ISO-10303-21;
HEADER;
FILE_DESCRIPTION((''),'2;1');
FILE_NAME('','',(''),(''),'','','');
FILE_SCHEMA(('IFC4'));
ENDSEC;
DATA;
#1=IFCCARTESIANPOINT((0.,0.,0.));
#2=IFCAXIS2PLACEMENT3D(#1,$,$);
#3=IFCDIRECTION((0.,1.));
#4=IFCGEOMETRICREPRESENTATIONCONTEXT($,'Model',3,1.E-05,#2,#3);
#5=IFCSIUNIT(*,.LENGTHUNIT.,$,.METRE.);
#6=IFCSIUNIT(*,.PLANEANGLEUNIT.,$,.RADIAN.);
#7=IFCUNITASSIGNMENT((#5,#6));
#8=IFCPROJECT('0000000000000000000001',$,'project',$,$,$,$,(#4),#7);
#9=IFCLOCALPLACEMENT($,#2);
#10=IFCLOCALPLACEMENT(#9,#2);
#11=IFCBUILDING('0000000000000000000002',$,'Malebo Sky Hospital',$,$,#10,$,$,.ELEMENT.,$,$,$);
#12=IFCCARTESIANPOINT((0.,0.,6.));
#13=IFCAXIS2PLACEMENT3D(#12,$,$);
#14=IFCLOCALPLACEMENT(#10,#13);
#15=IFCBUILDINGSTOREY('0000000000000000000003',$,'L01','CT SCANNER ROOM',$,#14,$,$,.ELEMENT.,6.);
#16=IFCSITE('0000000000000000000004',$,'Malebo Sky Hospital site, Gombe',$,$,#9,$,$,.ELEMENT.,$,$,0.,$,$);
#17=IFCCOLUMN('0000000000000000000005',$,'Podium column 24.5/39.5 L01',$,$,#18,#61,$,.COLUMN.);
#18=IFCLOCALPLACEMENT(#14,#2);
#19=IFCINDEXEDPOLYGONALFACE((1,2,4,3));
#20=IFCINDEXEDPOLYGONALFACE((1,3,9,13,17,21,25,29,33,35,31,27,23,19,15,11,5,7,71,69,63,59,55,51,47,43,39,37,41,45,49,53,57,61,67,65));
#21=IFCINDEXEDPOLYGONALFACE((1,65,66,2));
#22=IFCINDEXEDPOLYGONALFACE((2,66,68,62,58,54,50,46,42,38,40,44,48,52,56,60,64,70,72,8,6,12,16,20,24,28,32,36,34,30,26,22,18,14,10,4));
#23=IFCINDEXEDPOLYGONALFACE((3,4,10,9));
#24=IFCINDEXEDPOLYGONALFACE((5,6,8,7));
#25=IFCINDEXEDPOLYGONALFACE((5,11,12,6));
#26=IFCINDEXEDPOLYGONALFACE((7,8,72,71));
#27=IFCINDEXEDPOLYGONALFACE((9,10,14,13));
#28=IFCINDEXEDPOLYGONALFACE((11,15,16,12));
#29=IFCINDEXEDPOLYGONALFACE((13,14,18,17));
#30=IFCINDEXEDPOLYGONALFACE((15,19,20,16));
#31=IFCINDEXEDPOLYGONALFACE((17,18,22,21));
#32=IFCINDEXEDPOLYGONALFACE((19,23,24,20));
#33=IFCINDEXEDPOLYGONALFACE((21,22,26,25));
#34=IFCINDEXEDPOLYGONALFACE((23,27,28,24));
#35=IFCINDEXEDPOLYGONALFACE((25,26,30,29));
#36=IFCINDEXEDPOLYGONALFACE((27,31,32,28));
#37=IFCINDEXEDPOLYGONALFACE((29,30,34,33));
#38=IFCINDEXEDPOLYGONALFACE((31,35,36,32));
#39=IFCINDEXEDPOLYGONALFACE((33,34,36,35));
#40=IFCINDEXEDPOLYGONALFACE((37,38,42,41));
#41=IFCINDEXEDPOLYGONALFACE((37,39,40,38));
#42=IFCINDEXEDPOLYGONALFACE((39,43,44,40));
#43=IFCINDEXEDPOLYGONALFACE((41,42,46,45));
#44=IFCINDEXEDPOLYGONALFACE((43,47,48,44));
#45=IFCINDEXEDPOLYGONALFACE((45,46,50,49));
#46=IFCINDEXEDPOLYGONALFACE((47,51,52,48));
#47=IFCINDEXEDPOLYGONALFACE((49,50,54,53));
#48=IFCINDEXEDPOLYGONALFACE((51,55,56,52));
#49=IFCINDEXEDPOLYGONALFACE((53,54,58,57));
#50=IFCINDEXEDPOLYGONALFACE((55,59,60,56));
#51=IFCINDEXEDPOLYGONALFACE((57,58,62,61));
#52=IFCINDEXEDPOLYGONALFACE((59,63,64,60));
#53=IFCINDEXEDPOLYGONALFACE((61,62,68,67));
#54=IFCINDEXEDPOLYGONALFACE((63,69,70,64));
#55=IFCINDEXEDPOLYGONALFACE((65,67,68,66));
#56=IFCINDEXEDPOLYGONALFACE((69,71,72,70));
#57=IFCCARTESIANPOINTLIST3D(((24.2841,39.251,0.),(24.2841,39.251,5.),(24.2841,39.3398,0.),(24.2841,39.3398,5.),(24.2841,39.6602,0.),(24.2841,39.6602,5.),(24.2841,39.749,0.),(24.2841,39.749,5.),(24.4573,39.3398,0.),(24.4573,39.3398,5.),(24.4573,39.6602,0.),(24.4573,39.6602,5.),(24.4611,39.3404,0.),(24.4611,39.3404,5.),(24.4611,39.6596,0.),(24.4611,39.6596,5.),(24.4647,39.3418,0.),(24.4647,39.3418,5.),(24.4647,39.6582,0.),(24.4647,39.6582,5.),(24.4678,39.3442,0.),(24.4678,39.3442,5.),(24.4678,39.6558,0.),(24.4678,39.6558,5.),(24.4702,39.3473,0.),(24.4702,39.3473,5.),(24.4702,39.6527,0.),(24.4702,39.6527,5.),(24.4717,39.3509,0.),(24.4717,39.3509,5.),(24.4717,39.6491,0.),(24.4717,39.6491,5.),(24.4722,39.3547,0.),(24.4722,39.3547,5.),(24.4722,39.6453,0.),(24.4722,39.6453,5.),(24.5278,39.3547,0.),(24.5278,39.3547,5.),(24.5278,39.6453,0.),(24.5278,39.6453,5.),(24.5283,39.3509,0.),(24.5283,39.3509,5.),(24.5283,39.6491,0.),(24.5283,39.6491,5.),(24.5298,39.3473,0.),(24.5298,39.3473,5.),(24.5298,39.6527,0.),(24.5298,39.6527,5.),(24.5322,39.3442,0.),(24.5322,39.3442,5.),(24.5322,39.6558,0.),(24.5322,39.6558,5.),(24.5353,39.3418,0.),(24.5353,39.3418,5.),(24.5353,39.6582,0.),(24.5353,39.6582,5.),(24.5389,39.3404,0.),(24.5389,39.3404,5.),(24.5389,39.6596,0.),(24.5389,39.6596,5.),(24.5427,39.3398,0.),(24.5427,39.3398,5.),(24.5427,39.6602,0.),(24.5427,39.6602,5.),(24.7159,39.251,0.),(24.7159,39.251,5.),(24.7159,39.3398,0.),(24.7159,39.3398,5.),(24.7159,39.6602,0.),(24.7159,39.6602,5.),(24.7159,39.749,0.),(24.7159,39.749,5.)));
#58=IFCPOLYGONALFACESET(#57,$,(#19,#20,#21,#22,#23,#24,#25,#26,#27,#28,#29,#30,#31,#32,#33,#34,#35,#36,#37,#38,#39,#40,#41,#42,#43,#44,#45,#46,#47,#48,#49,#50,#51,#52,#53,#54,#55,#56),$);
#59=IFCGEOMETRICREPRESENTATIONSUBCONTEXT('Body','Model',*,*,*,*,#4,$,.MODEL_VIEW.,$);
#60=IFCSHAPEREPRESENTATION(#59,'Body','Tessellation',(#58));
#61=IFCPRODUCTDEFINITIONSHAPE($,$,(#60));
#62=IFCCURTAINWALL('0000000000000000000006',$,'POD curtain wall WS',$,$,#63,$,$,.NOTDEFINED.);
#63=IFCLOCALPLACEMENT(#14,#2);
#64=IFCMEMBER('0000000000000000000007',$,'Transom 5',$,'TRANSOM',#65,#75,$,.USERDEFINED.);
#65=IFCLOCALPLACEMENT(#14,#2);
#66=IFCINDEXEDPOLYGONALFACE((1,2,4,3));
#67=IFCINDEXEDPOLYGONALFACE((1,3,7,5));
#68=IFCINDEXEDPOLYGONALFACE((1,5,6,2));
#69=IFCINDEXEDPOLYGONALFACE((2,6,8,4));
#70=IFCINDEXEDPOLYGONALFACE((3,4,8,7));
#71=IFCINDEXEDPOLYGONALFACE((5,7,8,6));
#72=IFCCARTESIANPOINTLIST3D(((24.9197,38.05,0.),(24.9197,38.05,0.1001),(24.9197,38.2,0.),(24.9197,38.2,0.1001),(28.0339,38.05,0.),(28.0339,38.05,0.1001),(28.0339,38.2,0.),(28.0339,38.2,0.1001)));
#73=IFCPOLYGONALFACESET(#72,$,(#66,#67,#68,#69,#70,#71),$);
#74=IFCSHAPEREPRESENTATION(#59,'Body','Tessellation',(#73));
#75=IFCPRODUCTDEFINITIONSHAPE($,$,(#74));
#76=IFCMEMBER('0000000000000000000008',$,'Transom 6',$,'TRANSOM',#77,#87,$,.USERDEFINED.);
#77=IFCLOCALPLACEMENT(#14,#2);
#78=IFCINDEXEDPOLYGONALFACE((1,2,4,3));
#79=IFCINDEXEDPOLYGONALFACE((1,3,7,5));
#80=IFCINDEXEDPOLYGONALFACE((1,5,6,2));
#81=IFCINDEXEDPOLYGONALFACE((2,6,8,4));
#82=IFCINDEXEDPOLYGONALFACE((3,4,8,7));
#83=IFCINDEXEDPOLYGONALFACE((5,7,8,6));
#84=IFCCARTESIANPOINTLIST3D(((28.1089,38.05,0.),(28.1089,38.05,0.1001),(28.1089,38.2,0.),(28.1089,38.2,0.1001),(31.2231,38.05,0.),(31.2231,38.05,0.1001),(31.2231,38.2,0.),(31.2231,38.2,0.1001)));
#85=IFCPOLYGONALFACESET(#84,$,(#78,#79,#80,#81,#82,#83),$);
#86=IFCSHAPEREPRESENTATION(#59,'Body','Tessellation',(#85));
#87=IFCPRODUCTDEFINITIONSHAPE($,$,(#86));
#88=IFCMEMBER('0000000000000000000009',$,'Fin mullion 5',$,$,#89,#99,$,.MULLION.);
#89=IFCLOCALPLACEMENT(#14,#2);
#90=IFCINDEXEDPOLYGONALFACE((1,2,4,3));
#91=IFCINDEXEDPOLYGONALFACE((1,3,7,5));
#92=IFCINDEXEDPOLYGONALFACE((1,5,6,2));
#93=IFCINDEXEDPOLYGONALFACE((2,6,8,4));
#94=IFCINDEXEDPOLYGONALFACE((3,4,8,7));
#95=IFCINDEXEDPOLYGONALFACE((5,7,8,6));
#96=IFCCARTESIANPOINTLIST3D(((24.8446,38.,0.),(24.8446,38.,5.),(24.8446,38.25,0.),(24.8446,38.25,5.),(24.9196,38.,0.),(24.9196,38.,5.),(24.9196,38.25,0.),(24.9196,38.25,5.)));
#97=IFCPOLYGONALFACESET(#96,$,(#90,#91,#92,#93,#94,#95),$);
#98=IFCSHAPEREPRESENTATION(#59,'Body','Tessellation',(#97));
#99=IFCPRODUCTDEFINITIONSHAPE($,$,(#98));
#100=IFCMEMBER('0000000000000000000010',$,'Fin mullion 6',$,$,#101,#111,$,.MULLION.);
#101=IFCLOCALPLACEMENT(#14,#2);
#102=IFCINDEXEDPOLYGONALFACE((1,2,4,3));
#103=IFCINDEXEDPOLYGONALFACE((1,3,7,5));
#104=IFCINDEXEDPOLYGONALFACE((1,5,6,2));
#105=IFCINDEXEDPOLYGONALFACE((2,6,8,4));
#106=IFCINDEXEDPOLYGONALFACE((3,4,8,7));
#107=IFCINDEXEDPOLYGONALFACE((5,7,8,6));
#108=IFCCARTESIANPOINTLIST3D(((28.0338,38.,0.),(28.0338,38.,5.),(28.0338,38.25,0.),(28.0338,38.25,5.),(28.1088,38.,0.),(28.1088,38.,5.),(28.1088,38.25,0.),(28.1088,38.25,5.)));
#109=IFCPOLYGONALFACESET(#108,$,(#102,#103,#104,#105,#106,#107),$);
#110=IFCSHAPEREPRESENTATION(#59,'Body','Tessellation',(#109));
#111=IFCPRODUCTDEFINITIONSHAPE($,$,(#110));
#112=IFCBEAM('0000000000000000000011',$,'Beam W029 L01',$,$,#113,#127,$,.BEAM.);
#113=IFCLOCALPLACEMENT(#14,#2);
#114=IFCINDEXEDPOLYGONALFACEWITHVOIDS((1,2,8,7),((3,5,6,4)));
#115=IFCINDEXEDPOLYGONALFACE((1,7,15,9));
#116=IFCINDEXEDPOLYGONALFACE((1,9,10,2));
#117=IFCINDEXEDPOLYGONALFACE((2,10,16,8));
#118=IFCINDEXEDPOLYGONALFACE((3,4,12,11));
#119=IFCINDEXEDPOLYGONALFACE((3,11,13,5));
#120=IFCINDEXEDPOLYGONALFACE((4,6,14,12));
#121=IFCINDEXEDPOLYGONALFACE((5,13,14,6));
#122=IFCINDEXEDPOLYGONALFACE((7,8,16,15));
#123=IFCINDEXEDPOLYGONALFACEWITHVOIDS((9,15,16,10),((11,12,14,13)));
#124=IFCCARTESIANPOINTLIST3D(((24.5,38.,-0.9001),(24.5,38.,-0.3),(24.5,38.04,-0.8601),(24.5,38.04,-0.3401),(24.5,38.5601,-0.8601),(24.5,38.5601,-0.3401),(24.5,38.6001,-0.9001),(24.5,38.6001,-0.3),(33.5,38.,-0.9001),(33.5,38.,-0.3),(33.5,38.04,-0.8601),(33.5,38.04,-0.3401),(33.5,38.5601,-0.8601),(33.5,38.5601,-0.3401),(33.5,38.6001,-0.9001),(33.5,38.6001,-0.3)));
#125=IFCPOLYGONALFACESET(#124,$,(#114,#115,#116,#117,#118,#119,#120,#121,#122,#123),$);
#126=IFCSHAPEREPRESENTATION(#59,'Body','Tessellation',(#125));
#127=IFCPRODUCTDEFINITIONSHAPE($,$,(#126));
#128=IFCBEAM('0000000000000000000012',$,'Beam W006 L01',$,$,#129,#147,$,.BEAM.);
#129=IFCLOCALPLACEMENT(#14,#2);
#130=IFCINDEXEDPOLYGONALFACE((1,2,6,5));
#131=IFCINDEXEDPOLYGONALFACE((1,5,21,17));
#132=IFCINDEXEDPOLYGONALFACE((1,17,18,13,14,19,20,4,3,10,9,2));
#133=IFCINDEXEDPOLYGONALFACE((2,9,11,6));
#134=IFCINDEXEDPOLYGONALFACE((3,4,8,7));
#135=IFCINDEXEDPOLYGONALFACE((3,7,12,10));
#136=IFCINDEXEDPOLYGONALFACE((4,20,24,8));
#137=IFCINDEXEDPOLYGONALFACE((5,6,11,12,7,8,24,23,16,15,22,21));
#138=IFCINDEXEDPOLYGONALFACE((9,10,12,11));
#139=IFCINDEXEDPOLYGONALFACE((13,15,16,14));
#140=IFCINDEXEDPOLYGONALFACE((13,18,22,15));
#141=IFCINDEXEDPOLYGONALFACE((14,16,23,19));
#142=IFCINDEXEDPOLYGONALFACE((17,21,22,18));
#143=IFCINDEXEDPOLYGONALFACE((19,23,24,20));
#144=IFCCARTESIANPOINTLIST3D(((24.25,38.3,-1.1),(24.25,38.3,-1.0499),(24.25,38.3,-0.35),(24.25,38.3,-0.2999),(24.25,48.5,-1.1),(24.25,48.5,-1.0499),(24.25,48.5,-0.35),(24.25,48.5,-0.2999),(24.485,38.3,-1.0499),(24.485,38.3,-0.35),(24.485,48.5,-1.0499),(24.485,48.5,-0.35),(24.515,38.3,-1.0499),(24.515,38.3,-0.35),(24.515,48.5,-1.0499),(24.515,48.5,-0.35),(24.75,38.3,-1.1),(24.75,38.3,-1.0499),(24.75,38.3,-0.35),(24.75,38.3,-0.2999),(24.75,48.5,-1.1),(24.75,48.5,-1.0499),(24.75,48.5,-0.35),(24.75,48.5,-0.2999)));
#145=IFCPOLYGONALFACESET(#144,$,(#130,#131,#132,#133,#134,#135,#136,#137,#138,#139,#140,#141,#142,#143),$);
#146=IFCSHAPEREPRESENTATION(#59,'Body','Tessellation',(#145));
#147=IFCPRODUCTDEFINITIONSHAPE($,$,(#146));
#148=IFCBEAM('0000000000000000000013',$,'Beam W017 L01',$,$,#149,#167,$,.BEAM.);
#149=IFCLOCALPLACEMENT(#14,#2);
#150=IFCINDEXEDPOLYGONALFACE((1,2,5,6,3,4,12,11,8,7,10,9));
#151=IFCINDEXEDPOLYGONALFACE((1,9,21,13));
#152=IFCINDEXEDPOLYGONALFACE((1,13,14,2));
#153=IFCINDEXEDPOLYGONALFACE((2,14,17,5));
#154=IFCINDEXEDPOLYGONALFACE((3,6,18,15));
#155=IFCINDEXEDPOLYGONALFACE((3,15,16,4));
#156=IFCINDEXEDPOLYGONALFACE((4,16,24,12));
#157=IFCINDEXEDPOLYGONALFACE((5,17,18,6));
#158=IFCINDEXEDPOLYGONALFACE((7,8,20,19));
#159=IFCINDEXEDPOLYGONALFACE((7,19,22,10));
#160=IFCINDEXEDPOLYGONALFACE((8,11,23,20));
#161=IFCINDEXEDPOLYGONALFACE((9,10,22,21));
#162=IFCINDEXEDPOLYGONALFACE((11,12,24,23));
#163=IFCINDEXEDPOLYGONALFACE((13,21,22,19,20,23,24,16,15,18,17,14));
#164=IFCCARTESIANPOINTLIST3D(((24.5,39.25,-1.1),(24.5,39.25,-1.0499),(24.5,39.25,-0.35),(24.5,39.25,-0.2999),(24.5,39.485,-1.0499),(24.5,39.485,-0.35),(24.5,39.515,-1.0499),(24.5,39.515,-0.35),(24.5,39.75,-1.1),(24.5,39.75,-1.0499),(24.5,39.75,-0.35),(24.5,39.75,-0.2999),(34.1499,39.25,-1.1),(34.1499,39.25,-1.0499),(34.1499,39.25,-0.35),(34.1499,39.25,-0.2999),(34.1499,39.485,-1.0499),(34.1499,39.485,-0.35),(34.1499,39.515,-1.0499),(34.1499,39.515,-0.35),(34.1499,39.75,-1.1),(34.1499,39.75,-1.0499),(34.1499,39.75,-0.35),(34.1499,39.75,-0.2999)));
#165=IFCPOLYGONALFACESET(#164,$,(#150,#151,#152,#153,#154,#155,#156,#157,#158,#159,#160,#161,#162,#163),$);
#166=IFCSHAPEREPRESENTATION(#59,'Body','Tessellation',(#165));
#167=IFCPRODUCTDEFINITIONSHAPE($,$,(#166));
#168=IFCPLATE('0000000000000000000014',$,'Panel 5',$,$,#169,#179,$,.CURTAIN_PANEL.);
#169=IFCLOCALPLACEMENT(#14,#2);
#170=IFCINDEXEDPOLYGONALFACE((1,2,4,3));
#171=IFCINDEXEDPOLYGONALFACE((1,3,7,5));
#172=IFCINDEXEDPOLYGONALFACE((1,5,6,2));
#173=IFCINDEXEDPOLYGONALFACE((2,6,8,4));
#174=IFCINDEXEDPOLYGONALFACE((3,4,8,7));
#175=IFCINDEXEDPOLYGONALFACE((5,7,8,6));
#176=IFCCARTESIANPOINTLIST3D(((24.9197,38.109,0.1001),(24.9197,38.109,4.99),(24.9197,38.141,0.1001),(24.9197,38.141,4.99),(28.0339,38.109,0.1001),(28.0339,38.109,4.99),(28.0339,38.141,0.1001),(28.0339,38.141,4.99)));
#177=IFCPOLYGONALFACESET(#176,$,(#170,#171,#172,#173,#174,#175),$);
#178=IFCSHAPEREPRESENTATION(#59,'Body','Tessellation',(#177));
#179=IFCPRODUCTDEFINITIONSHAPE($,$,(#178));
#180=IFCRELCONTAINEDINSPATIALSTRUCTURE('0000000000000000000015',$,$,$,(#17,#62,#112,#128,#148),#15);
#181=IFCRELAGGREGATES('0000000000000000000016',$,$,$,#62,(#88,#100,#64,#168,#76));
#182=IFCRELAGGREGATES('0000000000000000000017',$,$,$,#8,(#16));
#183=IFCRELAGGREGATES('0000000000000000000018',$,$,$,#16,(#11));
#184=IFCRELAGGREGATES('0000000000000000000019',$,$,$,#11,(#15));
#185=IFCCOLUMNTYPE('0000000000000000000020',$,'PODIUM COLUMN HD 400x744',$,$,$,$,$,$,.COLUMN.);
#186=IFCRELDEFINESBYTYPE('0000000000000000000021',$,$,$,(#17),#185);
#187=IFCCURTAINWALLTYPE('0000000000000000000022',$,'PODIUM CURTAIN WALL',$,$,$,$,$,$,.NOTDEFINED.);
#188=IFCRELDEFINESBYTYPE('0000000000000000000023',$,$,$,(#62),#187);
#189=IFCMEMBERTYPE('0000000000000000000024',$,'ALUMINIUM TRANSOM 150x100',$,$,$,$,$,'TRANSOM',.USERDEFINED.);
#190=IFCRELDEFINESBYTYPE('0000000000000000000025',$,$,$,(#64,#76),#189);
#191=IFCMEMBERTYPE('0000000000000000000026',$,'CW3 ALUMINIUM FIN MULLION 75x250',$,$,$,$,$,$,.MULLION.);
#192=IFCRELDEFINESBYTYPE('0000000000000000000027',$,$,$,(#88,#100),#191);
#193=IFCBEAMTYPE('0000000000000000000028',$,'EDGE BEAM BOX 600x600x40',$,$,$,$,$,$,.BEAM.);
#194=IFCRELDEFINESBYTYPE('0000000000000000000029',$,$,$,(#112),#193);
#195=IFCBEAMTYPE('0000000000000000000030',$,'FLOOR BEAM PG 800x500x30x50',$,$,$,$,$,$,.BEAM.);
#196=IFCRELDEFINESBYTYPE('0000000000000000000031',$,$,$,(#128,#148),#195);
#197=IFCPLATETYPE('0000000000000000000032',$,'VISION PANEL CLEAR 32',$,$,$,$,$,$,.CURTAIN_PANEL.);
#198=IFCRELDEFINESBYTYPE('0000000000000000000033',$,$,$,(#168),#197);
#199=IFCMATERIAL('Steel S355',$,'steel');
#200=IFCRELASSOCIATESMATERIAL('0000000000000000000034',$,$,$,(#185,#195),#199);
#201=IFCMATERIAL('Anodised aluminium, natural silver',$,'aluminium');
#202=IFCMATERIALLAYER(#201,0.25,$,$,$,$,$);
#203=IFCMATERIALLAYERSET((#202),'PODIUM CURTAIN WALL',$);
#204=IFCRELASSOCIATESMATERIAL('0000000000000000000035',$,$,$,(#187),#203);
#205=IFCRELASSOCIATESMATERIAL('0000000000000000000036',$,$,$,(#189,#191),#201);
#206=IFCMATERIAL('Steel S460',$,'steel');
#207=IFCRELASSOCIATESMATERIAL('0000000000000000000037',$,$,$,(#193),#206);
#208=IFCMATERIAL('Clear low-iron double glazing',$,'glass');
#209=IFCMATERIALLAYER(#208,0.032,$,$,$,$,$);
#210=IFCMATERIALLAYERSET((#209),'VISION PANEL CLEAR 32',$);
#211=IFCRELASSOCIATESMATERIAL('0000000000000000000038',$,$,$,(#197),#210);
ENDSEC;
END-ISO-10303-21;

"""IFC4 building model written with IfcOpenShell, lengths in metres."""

from ifc_helpers import new_model, si_unit, direction, frame, origin, origin_2d, place, context, subcontext, project, spatial, rectangle, hollow_rectangle, i_section, extrude, material, layer, layer_set, material_profile, profile_set, type_object, element, aggregate, save


model = new_model("IFC4")

# Units and contexts
model_context = context("Model", 3, precision=1e-05, world=origin(), true_north=direction((0.0, 1.0)))
body_context = subcontext(model_context, "Body", "Model", "MODEL_VIEW")
ifc_project = project(units=[si_unit("LENGTHUNIT", "METRE"), si_unit("PLANEANGLEUNIT", "RADIAN")], contexts=[model_context])

# Site, building, storey
site_placement = place(None, origin())
site = spatial("IfcSite", under=ifc_project, at=site_placement, Name="Malebo Sky Hospital site, Gombe", CompositionType="ELEMENT", RefElevation=0.0)
building_placement = place(site_placement, origin())
building = spatial("IfcBuilding", under=site, at=building_placement, Name="Malebo Sky Hospital", CompositionType="ELEMENT")
storey_placement = place(building_placement, frame((0.0, 0.0, 6.0)))
storey = spatial("IfcBuildingStorey", under=building, at=storey_placement, Name="L01", Description="CT SCANNER ROOM", CompositionType="ELEMENT", Elevation=6.0)

# Column
ifc_material_1 = material(Name="Steel S355", Category="steel")
ifc_material_profile_1 = material_profile(ifc_material_1, i_section(OverallWidth=0.4319, OverallDepth=0.498, WebThickness=0.0557, FlangeThickness=0.0889, FilletRadius=0.0149, at=origin_2d()), Name="HD 400x744")
ifc_profile_set_1 = profile_set([ifc_material_profile_1], Name="Steel S355")
column_type = type_object("IfcColumnType", Name="PODIUM COLUMN HD 400x744", PredefinedType="COLUMN", material=ifc_profile_set_1)
column_placement = place(storey_placement, frame((24.5, 39.5, 0.0), z_axis=(0.0, 0.0, 1.0), x_axis=(1.0, 0.0, 0.0)))
element("IfcColumn", 1, at=column_placement, inside=storey, type_object=column_type, Name="Podium column 24.5/39.5 L01", PredefinedType="COLUMN", context=body_context, shape_type="SweptSolid", body=[
    extrude(i_section(OverallWidth=0.4319, OverallDepth=0.498, WebThickness=0.0557, FlangeThickness=0.0889, FilletRadius=0.0149, at=origin_2d()), origin(), (0.0, 0.0, 1.0), 5.0),
])

# Curtain wall, members
ifc_material_2 = material(Name="Anodised aluminium, natural silver", Category="aluminium")
ifc_layer_1 = layer(ifc_material_2, 0.25)
ifc_layer_set_1 = layer_set([ifc_layer_1], Name="PODIUM CURTAIN WALL")
curtain_wall_type = type_object("IfcCurtainWallType", Name="PODIUM CURTAIN WALL", PredefinedType="NOTDEFINED", material=ifc_layer_set_1)
curtain_wall_placement = place(storey_placement, origin())
curtain_wall = element("IfcCurtainWall", 2, at=curtain_wall_placement, inside=storey, type_object=curtain_wall_type, Name="POD curtain wall WS", PredefinedType="NOTDEFINED")
ifc_material_profile_2 = material_profile(ifc_material_2, rectangle(XDim=0.1499, YDim=0.1001, at=origin_2d()), Name="ALUMINIUM TRANSOM 150x100")
ifc_profile_set_2 = profile_set([ifc_material_profile_2], Name="Anodised aluminium, natural silver")
member_type_1 = type_object("IfcMemberType", Name="ALUMINIUM TRANSOM 150x100", ElementType="TRANSOM", PredefinedType="USERDEFINED", material=ifc_profile_set_2)
member_1_placement = place(storey_placement, frame((24.9197, 38.125, 0.05), z_axis=(1.0, 0.0, 0.0), x_axis=(0.0, 1.0, 0.0)))
member_1 = element("IfcMember", 3, at=member_1_placement, type_object=member_type_1, Name="Transom 5", ObjectType="TRANSOM", PredefinedType="USERDEFINED", context=body_context, shape_type="SweptSolid", body=[
    extrude(rectangle(XDim=0.1499, YDim=0.1001, at=origin_2d()), origin(), (0.0, 0.0, 1.0), 3.1143),
])
member_2_placement = place(storey_placement, frame((28.1089, 38.125, 0.05), z_axis=(1.0, 0.0, 0.0), x_axis=(0.0, 1.0, 0.0)))
member_2 = element("IfcMember", 4, at=member_2_placement, type_object=member_type_1, Name="Transom 6", ObjectType="TRANSOM", PredefinedType="USERDEFINED", context=body_context, shape_type="SweptSolid", body=[
    extrude(rectangle(XDim=0.1499, YDim=0.1001, at=origin_2d()), origin(), (0.0, 0.0, 1.0), 3.1143),
])
ifc_material_profile_3 = material_profile(ifc_material_2, rectangle(XDim=0.075, YDim=0.25, at=origin_2d()), Name="CW3 ALUMINIUM FIN MULLION 75x250")
ifc_profile_set_3 = profile_set([ifc_material_profile_3], Name="Anodised aluminium, natural silver")
member_type_2 = type_object("IfcMemberType", Name="CW3 ALUMINIUM FIN MULLION 75x250", PredefinedType="MULLION", material=ifc_profile_set_3)
member_3_placement = place(storey_placement, frame((24.8821, 38.125, 0.0), z_axis=(0.0, 0.0, 1.0), x_axis=(1.0, 0.0, 0.0)))
member_3 = element("IfcMember", 5, at=member_3_placement, type_object=member_type_2, Name="Fin mullion 5", PredefinedType="MULLION", context=body_context, shape_type="SweptSolid", body=[
    extrude(rectangle(XDim=0.075, YDim=0.25, at=origin_2d()), origin(), (0.0, 0.0, 1.0), 5.0),
])
member_4_placement = place(storey_placement, frame((28.0713, 38.125, 0.0), z_axis=(0.0, 0.0, 1.0), x_axis=(1.0, 0.0, 0.0)))
member_4 = element("IfcMember", 6, at=member_4_placement, type_object=member_type_2, Name="Fin mullion 6", PredefinedType="MULLION", context=body_context, shape_type="SweptSolid", body=[
    extrude(rectangle(XDim=0.075, YDim=0.25, at=origin_2d()), origin(), (0.0, 0.0, 1.0), 5.0),
])

# Beams
ifc_material_3 = material(Name="Steel S460", Category="steel")
ifc_material_profile_4 = material_profile(ifc_material_3, hollow_rectangle(XDim=0.6001, YDim=0.6001, WallThickness=0.04, at=origin_2d()), Name="BOX 600x600x40")
ifc_profile_set_4 = profile_set([ifc_material_profile_4], Name="Steel S460")
beam_type_1 = type_object("IfcBeamType", Name="EDGE BEAM BOX 600x600x40", PredefinedType="BEAM", material=ifc_profile_set_4)
beam_1_placement = place(storey_placement, frame((24.5, 38.3, -0.6001), z_axis=(1.0, 0.0, 0.0), x_axis=(0.0, 1.0, 0.0)))
element("IfcBeam", 7, at=beam_1_placement, inside=storey, type_object=beam_type_1, Name="Beam W029 L01", PredefinedType="BEAM", context=body_context, shape_type="SweptSolid", body=[
    extrude(hollow_rectangle(XDim=0.6001, YDim=0.6001, WallThickness=0.04, at=origin_2d()), origin(), (0.0, 0.0, 1.0), 9.0),
])
ifc_material_profile_5 = material_profile(ifc_material_1, i_section(OverallWidth=0.5, OverallDepth=0.8, WebThickness=0.03, FlangeThickness=0.05, at=origin_2d()), Name="PG 800x500x30x50")
ifc_profile_set_5 = profile_set([ifc_material_profile_5], Name="Steel S355")
beam_type_2 = type_object("IfcBeamType", Name="FLOOR BEAM PG 800x500x30x50", PredefinedType="BEAM", material=ifc_profile_set_5)
beam_2_placement = place(storey_placement, frame((24.5, 38.3, -0.7), z_axis=(0.0, 1.0, 0.0), x_axis=(-1.0, 0.0, 0.0)))
element("IfcBeam", 8, at=beam_2_placement, inside=storey, type_object=beam_type_2, Name="Beam W006 L01", PredefinedType="BEAM", context=body_context, shape_type="SweptSolid", body=[
    extrude(i_section(OverallWidth=0.5, OverallDepth=0.8, WebThickness=0.03, FlangeThickness=0.05, at=origin_2d()), origin(), (0.0, 0.0, 1.0), 10.2),
])
beam_3_placement = place(storey_placement, frame((24.5, 39.5, -0.7), z_axis=(1.0, 0.0, 0.0), x_axis=(0.0, 1.0, 0.0)))
element("IfcBeam", 9, at=beam_3_placement, inside=storey, type_object=beam_type_2, Name="Beam W017 L01", PredefinedType="BEAM", context=body_context, shape_type="SweptSolid", body=[
    extrude(i_section(OverallWidth=0.5, OverallDepth=0.8, WebThickness=0.03, FlangeThickness=0.05, at=origin_2d()), origin(), (0.0, 0.0, 1.0), 9.6499),
])

# Plate
ifc_material_4 = material(Name="Clear low-iron double glazing", Category="glass")
ifc_layer_2 = layer(ifc_material_4, 0.032)
ifc_layer_set_2 = layer_set([ifc_layer_2], Name="VISION PANEL CLEAR 32")
plate_type = type_object("IfcPlateType", Name="VISION PANEL CLEAR 32", PredefinedType="CURTAIN_PANEL", material=ifc_layer_set_2)
plate_placement = place(storey_placement, frame((26.4768, 38.125, 0.1001), z_axis=(0.0, 0.0, 1.0), x_axis=(1.0, 0.0, 0.0)))
plate = element("IfcPlate", 10, at=plate_placement, type_object=plate_type, Name="Panel 5", PredefinedType="CURTAIN_PANEL", context=body_context, shape_type="SweptSolid", body=[
    extrude(rectangle(XDim=3.1143, YDim=0.032, at=origin_2d()), origin(), (0.0, 0.0, 1.0), 4.8899),
])
aggregate(curtain_wall, [member_3, member_4, member_1, plate, member_2])

save(model, "model.ifc")
